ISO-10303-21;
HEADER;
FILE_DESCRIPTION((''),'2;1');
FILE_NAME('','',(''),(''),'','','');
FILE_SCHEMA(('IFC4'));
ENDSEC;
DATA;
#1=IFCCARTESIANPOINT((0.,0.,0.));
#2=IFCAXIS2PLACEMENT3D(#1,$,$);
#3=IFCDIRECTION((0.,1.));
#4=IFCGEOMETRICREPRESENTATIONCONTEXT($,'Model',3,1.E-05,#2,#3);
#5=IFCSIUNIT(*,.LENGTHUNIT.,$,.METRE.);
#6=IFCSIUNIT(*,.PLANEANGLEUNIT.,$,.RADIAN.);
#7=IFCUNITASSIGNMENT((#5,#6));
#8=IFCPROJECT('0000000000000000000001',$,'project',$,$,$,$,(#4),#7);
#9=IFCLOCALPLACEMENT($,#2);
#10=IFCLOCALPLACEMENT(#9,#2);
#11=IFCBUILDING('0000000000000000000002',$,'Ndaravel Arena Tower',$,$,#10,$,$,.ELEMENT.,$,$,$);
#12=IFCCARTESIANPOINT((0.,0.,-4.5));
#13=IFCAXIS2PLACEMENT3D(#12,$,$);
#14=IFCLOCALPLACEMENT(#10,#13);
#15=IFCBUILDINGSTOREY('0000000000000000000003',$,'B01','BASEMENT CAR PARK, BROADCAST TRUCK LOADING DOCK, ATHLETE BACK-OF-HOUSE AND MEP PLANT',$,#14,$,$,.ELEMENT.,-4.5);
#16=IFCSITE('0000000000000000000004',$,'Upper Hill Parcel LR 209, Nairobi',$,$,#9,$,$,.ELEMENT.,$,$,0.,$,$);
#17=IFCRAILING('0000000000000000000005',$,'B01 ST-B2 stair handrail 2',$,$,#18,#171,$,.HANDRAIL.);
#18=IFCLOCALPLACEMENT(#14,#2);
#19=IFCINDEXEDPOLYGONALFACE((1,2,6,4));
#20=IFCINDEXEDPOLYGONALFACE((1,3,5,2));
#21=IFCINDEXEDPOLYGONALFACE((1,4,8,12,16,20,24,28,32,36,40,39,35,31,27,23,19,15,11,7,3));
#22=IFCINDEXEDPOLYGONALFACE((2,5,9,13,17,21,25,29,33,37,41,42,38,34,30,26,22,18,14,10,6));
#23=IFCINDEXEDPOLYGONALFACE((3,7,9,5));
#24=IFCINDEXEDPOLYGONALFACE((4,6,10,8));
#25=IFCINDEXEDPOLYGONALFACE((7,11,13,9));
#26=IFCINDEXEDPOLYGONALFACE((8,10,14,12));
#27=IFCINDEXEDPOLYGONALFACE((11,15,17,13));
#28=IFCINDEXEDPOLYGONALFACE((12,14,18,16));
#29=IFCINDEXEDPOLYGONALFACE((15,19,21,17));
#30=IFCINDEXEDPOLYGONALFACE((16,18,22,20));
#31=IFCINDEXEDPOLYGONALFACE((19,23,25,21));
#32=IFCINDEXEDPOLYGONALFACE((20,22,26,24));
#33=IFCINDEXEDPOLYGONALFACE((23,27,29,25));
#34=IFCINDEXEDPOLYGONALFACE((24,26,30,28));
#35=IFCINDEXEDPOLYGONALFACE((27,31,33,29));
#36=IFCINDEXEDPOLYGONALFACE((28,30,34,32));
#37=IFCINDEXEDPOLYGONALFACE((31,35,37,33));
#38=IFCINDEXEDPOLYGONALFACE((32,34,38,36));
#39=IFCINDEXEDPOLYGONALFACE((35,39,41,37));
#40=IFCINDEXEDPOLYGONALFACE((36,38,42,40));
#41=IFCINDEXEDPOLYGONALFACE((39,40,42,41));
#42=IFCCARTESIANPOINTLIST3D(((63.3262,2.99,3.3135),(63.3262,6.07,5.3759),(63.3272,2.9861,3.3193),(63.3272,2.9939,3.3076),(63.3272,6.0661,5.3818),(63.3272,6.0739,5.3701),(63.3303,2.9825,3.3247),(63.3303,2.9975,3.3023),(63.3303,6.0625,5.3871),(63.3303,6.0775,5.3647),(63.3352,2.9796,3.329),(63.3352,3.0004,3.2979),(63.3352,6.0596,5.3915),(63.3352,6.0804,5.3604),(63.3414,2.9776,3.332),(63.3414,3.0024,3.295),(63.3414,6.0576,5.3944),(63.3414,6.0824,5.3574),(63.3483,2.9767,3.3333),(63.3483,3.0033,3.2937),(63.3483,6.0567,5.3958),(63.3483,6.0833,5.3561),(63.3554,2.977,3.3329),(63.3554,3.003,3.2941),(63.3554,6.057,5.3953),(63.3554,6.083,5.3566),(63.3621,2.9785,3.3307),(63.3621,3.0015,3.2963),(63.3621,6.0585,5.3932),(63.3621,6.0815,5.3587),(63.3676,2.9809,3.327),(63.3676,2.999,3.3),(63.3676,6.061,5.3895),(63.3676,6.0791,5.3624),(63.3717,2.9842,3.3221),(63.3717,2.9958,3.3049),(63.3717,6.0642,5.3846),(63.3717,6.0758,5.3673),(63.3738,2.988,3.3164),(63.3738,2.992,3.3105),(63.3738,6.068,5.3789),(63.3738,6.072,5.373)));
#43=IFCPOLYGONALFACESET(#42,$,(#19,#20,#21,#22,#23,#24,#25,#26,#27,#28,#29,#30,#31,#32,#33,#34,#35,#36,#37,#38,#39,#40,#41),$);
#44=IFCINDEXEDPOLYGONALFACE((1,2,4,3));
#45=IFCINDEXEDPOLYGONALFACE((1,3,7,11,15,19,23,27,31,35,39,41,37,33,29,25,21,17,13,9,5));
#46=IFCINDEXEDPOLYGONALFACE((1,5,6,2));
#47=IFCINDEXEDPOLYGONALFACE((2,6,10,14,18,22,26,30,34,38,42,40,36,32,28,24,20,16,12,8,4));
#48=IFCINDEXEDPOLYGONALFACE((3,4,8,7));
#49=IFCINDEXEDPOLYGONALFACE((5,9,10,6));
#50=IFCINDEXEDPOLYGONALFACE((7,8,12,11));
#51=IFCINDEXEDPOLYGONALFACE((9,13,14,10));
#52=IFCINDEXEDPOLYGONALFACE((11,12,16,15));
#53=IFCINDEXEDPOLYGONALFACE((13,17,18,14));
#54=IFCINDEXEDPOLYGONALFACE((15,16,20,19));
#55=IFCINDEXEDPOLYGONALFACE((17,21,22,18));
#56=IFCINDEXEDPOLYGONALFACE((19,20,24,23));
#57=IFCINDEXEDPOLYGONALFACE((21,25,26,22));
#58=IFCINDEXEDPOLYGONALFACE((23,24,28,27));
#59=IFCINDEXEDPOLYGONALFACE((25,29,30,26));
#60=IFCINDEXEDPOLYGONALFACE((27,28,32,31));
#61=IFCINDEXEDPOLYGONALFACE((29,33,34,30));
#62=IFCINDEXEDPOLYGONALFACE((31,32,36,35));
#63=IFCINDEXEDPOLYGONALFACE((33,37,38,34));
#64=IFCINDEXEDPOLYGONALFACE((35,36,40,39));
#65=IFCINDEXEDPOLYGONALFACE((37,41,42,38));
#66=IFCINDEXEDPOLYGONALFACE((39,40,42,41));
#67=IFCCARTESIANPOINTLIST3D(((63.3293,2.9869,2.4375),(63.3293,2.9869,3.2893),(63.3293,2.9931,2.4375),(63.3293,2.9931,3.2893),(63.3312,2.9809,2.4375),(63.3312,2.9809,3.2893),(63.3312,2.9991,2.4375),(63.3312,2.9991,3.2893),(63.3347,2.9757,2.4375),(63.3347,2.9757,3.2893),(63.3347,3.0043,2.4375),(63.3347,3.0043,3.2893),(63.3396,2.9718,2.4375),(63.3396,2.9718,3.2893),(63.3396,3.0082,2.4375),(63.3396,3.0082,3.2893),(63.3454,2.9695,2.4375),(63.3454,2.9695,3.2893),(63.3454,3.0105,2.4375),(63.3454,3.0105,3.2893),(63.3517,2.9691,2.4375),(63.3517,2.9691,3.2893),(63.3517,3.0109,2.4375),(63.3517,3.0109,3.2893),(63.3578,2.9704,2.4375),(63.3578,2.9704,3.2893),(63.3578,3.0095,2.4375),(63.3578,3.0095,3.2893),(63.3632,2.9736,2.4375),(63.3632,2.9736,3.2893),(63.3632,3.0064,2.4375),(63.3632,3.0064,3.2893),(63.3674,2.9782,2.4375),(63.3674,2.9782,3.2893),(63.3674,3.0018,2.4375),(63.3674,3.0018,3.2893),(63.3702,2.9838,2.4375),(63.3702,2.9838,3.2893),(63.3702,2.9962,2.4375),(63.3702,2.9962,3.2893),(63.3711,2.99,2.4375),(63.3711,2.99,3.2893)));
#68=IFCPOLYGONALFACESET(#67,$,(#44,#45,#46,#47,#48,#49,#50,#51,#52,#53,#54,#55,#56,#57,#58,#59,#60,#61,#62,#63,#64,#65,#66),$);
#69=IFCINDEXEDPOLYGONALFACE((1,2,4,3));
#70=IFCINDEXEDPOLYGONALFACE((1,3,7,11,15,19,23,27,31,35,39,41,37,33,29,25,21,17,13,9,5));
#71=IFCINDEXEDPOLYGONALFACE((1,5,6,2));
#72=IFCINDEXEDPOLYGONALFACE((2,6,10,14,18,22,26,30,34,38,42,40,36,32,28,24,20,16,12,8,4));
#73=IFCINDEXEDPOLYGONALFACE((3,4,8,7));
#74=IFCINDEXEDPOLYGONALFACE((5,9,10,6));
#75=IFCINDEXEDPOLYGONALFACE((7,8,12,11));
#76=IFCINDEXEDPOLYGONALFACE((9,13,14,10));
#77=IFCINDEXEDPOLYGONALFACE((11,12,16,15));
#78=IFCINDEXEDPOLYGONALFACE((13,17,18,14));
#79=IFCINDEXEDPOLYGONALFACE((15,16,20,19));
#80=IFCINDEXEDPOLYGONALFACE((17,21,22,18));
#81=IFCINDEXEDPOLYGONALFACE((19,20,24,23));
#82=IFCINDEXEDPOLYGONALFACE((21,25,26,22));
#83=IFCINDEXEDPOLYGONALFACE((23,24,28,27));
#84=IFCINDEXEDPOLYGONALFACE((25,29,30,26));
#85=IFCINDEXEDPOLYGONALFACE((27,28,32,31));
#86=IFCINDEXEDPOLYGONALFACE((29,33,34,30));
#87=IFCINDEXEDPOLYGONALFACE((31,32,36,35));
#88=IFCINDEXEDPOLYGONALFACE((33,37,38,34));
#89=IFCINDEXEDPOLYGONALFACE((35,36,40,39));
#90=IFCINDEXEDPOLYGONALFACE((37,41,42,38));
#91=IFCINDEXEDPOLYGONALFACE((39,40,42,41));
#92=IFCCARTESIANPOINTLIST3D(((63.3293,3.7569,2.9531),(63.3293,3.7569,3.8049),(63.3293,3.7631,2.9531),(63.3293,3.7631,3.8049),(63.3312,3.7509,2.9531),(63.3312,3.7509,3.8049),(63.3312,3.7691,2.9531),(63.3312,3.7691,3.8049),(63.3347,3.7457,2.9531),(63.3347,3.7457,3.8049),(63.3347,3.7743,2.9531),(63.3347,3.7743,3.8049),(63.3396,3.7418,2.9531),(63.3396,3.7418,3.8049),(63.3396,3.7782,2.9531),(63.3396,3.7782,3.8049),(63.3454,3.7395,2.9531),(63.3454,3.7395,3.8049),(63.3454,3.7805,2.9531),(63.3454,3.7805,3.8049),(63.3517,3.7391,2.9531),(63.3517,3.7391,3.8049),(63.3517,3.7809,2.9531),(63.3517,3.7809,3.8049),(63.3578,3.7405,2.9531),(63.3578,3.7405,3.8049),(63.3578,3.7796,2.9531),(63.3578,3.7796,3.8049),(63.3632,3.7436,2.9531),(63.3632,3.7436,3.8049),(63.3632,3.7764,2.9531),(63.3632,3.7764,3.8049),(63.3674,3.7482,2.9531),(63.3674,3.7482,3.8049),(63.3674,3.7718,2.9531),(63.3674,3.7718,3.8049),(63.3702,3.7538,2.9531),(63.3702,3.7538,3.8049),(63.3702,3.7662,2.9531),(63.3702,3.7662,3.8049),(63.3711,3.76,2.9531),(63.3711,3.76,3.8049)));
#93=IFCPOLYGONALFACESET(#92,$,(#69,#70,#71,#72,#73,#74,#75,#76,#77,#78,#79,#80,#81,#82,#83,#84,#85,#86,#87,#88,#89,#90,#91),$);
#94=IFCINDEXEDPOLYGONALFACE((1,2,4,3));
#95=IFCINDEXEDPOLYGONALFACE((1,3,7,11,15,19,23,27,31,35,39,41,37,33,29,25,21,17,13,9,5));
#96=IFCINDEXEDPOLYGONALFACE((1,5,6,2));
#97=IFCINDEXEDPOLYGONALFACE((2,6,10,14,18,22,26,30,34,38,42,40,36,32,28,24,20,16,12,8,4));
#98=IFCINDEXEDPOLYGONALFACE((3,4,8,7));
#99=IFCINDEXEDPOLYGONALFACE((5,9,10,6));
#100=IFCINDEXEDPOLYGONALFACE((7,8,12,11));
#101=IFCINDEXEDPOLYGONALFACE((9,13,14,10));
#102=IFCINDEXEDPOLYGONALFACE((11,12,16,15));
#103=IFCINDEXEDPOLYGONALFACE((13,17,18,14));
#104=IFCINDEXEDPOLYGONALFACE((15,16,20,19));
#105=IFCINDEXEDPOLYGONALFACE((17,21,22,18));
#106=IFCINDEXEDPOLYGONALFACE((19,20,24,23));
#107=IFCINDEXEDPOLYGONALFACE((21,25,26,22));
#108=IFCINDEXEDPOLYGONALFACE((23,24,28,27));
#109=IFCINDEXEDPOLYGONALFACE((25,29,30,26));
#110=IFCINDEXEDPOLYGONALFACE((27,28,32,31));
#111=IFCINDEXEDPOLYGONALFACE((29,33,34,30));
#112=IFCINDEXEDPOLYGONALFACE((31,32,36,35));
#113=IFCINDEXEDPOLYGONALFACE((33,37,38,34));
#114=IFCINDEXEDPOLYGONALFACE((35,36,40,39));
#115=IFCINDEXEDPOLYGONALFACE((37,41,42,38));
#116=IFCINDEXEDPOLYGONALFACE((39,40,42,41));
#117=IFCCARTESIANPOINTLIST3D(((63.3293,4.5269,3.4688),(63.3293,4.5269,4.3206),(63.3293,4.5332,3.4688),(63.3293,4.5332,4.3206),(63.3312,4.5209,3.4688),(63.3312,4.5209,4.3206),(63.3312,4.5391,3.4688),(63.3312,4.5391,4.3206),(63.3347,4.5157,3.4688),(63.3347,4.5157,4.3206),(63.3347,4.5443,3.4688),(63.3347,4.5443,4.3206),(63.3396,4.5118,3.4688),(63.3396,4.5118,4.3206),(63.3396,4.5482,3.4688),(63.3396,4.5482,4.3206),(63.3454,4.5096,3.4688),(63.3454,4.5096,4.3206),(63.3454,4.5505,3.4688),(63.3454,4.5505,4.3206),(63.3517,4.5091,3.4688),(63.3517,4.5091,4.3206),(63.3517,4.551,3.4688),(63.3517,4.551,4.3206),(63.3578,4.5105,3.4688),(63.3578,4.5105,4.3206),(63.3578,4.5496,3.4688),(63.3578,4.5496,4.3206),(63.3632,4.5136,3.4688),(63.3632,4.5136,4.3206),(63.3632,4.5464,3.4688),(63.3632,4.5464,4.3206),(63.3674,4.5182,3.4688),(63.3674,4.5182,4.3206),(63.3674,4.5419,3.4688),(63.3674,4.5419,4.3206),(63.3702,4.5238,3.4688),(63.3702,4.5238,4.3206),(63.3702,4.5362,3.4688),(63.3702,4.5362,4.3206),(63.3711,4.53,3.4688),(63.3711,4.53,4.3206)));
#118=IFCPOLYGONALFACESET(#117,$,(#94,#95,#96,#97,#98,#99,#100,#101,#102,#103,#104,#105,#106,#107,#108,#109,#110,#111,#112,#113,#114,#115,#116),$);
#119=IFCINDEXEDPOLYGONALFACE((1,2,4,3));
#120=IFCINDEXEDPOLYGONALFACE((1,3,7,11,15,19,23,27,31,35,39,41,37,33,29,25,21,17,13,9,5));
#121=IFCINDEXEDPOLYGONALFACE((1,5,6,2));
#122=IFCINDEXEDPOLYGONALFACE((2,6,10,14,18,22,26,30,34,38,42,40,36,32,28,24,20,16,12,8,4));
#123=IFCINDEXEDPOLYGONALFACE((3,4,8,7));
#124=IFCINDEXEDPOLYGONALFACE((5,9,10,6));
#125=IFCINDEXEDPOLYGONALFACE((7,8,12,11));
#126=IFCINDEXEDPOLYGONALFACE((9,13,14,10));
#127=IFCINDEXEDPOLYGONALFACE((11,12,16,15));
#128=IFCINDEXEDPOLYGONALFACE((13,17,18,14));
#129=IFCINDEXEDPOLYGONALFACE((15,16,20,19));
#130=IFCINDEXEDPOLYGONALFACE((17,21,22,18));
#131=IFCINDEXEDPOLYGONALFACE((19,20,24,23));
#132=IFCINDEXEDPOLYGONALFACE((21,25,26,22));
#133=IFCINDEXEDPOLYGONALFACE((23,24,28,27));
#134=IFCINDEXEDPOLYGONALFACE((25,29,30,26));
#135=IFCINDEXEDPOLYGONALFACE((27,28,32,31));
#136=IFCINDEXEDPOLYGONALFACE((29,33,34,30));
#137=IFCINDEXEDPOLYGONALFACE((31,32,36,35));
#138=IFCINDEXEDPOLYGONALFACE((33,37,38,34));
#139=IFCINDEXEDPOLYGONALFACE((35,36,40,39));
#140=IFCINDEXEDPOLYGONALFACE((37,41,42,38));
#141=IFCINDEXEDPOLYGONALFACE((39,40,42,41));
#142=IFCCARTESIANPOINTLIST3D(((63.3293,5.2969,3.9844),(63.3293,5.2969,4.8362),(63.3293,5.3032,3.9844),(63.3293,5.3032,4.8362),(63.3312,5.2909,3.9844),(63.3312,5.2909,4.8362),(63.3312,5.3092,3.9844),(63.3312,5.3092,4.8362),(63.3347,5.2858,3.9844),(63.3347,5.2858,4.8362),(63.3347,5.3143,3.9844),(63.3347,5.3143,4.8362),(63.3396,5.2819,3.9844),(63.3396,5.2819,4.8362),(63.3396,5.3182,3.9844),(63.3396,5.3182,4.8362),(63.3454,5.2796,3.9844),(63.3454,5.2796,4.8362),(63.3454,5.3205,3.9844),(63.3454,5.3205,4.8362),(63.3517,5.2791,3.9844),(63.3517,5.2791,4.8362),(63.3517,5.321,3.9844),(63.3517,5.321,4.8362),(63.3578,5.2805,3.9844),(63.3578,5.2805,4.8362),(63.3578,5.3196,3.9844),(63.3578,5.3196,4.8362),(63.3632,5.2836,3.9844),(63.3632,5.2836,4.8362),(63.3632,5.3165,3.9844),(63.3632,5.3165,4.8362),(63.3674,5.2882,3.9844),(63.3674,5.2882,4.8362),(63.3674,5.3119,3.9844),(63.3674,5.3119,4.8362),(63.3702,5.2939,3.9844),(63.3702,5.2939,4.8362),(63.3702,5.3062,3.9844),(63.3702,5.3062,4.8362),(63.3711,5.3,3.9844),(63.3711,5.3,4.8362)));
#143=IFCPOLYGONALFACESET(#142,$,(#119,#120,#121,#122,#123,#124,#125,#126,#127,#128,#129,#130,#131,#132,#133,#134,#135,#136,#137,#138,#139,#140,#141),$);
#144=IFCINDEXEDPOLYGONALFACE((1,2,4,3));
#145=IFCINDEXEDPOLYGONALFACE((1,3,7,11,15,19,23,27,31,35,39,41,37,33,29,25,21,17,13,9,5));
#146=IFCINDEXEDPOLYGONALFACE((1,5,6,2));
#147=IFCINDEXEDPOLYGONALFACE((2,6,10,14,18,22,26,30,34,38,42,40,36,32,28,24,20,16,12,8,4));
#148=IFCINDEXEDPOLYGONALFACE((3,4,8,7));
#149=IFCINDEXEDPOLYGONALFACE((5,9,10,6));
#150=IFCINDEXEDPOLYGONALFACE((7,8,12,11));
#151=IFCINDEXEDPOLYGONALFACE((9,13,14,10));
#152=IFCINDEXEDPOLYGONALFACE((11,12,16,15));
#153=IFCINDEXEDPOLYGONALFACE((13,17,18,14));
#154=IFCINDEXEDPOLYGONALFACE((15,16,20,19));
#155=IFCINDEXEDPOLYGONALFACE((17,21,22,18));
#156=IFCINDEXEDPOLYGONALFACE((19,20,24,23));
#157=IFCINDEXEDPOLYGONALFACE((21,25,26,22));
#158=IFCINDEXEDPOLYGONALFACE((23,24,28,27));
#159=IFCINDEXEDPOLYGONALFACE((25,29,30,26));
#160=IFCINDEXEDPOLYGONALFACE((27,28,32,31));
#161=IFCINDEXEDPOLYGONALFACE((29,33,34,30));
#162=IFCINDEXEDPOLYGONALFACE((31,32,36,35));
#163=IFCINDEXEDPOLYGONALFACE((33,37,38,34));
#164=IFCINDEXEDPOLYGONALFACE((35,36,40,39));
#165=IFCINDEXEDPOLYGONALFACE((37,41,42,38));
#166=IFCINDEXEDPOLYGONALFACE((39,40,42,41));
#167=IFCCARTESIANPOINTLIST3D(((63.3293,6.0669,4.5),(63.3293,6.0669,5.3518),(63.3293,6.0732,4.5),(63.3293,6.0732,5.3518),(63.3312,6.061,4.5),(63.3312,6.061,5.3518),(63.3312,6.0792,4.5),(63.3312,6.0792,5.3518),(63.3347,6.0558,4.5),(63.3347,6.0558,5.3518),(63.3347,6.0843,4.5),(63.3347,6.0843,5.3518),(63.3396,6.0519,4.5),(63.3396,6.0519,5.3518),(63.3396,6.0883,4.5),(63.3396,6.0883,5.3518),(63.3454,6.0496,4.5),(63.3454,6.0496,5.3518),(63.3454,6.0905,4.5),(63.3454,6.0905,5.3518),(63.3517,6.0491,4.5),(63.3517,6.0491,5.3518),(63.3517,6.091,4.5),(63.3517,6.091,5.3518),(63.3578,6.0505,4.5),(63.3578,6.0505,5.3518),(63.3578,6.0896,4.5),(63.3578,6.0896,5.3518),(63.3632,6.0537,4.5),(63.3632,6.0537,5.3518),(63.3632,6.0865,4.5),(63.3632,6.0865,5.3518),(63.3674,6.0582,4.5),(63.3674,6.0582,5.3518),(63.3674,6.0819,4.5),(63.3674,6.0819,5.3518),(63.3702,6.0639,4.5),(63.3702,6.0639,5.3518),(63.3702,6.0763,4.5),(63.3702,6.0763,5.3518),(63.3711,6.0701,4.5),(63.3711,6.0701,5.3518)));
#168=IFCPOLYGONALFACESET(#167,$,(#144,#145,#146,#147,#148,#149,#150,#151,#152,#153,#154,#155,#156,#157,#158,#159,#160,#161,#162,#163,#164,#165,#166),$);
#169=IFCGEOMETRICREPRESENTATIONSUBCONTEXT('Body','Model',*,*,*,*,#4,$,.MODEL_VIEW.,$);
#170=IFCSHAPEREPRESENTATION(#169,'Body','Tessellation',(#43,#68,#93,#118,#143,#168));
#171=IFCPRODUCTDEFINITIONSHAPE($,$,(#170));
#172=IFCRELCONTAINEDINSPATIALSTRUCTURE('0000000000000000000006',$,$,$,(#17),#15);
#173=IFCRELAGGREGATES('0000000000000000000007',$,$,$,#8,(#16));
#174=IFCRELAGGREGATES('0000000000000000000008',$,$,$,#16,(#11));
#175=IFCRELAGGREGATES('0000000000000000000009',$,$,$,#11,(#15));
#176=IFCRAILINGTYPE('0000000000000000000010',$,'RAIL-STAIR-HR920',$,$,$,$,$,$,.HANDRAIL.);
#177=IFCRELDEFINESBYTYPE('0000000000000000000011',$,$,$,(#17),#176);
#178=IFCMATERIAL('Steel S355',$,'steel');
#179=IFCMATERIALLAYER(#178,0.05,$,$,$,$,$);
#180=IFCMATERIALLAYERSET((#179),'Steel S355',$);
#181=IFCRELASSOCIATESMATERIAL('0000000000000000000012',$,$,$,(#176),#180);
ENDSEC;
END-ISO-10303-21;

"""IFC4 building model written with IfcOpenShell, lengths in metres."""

from ifc_helpers import new_model, si_unit, direction, frame, origin, origin_2d, place, context, subcontext, project, spatial, circle, extrude, material, layer, layer_set, type_object, element, save


model = new_model("IFC4")

# Units and contexts
model_context = context("Model", 3, precision=1e-05, world=origin(), true_north=direction((0.0, 1.0)))
body_context = subcontext(model_context, "Body", "Model", "MODEL_VIEW")
ifc_project = project(units=[si_unit("LENGTHUNIT", "METRE"), si_unit("PLANEANGLEUNIT", "RADIAN")], contexts=[model_context])

# Site, building, storey
site_placement = place(None, origin())
site = spatial("IfcSite", under=ifc_project, at=site_placement, Name="Upper Hill Parcel LR 209, Nairobi", CompositionType="ELEMENT", RefElevation=0.0)
building_placement = place(site_placement, origin())
building = spatial("IfcBuilding", under=site, at=building_placement, Name="Ndaravel Arena Tower", CompositionType="ELEMENT")
storey_placement = place(building_placement, frame((0.0, 0.0, -4.5)))
storey = spatial("IfcBuildingStorey", under=building, at=storey_placement, Name="B01", Description="BASEMENT CAR PARK, BROADCAST TRUCK LOADING DOCK, ATHLETE BACK-OF-HOUSE AND MEP PLANT", CompositionType="ELEMENT", Elevation=-4.5)

# Railing
ifc_material_1 = material(Name="Steel S355", Category="steel")
ifc_layer_1 = layer(ifc_material_1, 0.05)
ifc_layer_set_1 = layer_set([ifc_layer_1], Name="Steel S355")
railing_type_1 = type_object("IfcRailingType", Name="RAIL-STAIR-HR920", PredefinedType="HANDRAIL", material=ifc_layer_set_1)
railing_1_placement = place(storey_placement, frame((63.3501, 2.99, 2.4375)))
element("IfcRailing", 1, at=railing_1_placement, inside=storey, type_object=railing_type_1, Name="B01 ST-B2 stair handrail 2", PredefinedType="HANDRAIL", context=body_context, shape_type="SweptSolid", body=[
    extrude(circle(Radius=0.0239, at=origin_2d()), frame((0.0, 0.0, 0.876), z_axis=(0.0, 0.830914, 0.556401), x_axis=(-1.0, 0.0, 0.0)), (0.0, 0.0, 1.0), 3.7068),
    extrude(circle(Radius=0.021, at=origin_2d()), origin(), (0.0, 0.0, 1.0), 0.8518),
    extrude(circle(Radius=0.021, at=origin_2d()), frame((0.0, 0.77, 0.5156)), (0.0, 0.0, 1.0), 0.8518),
    extrude(circle(Radius=0.021, at=origin_2d()), frame((0.0, 1.54, 1.0312)), (0.0, 0.0, 1.0), 0.8518),
    extrude(circle(Radius=0.021, at=origin_2d()), frame((0.0, 2.3101, 1.5469)), (0.0, 0.0, 1.0), 0.8518),
    extrude(circle(Radius=0.021, at=origin_2d()), frame((0.0, 3.0801, 2.0625)), (0.0, 0.0, 1.0), 0.8518),
])

save(model, "model.ifc")
